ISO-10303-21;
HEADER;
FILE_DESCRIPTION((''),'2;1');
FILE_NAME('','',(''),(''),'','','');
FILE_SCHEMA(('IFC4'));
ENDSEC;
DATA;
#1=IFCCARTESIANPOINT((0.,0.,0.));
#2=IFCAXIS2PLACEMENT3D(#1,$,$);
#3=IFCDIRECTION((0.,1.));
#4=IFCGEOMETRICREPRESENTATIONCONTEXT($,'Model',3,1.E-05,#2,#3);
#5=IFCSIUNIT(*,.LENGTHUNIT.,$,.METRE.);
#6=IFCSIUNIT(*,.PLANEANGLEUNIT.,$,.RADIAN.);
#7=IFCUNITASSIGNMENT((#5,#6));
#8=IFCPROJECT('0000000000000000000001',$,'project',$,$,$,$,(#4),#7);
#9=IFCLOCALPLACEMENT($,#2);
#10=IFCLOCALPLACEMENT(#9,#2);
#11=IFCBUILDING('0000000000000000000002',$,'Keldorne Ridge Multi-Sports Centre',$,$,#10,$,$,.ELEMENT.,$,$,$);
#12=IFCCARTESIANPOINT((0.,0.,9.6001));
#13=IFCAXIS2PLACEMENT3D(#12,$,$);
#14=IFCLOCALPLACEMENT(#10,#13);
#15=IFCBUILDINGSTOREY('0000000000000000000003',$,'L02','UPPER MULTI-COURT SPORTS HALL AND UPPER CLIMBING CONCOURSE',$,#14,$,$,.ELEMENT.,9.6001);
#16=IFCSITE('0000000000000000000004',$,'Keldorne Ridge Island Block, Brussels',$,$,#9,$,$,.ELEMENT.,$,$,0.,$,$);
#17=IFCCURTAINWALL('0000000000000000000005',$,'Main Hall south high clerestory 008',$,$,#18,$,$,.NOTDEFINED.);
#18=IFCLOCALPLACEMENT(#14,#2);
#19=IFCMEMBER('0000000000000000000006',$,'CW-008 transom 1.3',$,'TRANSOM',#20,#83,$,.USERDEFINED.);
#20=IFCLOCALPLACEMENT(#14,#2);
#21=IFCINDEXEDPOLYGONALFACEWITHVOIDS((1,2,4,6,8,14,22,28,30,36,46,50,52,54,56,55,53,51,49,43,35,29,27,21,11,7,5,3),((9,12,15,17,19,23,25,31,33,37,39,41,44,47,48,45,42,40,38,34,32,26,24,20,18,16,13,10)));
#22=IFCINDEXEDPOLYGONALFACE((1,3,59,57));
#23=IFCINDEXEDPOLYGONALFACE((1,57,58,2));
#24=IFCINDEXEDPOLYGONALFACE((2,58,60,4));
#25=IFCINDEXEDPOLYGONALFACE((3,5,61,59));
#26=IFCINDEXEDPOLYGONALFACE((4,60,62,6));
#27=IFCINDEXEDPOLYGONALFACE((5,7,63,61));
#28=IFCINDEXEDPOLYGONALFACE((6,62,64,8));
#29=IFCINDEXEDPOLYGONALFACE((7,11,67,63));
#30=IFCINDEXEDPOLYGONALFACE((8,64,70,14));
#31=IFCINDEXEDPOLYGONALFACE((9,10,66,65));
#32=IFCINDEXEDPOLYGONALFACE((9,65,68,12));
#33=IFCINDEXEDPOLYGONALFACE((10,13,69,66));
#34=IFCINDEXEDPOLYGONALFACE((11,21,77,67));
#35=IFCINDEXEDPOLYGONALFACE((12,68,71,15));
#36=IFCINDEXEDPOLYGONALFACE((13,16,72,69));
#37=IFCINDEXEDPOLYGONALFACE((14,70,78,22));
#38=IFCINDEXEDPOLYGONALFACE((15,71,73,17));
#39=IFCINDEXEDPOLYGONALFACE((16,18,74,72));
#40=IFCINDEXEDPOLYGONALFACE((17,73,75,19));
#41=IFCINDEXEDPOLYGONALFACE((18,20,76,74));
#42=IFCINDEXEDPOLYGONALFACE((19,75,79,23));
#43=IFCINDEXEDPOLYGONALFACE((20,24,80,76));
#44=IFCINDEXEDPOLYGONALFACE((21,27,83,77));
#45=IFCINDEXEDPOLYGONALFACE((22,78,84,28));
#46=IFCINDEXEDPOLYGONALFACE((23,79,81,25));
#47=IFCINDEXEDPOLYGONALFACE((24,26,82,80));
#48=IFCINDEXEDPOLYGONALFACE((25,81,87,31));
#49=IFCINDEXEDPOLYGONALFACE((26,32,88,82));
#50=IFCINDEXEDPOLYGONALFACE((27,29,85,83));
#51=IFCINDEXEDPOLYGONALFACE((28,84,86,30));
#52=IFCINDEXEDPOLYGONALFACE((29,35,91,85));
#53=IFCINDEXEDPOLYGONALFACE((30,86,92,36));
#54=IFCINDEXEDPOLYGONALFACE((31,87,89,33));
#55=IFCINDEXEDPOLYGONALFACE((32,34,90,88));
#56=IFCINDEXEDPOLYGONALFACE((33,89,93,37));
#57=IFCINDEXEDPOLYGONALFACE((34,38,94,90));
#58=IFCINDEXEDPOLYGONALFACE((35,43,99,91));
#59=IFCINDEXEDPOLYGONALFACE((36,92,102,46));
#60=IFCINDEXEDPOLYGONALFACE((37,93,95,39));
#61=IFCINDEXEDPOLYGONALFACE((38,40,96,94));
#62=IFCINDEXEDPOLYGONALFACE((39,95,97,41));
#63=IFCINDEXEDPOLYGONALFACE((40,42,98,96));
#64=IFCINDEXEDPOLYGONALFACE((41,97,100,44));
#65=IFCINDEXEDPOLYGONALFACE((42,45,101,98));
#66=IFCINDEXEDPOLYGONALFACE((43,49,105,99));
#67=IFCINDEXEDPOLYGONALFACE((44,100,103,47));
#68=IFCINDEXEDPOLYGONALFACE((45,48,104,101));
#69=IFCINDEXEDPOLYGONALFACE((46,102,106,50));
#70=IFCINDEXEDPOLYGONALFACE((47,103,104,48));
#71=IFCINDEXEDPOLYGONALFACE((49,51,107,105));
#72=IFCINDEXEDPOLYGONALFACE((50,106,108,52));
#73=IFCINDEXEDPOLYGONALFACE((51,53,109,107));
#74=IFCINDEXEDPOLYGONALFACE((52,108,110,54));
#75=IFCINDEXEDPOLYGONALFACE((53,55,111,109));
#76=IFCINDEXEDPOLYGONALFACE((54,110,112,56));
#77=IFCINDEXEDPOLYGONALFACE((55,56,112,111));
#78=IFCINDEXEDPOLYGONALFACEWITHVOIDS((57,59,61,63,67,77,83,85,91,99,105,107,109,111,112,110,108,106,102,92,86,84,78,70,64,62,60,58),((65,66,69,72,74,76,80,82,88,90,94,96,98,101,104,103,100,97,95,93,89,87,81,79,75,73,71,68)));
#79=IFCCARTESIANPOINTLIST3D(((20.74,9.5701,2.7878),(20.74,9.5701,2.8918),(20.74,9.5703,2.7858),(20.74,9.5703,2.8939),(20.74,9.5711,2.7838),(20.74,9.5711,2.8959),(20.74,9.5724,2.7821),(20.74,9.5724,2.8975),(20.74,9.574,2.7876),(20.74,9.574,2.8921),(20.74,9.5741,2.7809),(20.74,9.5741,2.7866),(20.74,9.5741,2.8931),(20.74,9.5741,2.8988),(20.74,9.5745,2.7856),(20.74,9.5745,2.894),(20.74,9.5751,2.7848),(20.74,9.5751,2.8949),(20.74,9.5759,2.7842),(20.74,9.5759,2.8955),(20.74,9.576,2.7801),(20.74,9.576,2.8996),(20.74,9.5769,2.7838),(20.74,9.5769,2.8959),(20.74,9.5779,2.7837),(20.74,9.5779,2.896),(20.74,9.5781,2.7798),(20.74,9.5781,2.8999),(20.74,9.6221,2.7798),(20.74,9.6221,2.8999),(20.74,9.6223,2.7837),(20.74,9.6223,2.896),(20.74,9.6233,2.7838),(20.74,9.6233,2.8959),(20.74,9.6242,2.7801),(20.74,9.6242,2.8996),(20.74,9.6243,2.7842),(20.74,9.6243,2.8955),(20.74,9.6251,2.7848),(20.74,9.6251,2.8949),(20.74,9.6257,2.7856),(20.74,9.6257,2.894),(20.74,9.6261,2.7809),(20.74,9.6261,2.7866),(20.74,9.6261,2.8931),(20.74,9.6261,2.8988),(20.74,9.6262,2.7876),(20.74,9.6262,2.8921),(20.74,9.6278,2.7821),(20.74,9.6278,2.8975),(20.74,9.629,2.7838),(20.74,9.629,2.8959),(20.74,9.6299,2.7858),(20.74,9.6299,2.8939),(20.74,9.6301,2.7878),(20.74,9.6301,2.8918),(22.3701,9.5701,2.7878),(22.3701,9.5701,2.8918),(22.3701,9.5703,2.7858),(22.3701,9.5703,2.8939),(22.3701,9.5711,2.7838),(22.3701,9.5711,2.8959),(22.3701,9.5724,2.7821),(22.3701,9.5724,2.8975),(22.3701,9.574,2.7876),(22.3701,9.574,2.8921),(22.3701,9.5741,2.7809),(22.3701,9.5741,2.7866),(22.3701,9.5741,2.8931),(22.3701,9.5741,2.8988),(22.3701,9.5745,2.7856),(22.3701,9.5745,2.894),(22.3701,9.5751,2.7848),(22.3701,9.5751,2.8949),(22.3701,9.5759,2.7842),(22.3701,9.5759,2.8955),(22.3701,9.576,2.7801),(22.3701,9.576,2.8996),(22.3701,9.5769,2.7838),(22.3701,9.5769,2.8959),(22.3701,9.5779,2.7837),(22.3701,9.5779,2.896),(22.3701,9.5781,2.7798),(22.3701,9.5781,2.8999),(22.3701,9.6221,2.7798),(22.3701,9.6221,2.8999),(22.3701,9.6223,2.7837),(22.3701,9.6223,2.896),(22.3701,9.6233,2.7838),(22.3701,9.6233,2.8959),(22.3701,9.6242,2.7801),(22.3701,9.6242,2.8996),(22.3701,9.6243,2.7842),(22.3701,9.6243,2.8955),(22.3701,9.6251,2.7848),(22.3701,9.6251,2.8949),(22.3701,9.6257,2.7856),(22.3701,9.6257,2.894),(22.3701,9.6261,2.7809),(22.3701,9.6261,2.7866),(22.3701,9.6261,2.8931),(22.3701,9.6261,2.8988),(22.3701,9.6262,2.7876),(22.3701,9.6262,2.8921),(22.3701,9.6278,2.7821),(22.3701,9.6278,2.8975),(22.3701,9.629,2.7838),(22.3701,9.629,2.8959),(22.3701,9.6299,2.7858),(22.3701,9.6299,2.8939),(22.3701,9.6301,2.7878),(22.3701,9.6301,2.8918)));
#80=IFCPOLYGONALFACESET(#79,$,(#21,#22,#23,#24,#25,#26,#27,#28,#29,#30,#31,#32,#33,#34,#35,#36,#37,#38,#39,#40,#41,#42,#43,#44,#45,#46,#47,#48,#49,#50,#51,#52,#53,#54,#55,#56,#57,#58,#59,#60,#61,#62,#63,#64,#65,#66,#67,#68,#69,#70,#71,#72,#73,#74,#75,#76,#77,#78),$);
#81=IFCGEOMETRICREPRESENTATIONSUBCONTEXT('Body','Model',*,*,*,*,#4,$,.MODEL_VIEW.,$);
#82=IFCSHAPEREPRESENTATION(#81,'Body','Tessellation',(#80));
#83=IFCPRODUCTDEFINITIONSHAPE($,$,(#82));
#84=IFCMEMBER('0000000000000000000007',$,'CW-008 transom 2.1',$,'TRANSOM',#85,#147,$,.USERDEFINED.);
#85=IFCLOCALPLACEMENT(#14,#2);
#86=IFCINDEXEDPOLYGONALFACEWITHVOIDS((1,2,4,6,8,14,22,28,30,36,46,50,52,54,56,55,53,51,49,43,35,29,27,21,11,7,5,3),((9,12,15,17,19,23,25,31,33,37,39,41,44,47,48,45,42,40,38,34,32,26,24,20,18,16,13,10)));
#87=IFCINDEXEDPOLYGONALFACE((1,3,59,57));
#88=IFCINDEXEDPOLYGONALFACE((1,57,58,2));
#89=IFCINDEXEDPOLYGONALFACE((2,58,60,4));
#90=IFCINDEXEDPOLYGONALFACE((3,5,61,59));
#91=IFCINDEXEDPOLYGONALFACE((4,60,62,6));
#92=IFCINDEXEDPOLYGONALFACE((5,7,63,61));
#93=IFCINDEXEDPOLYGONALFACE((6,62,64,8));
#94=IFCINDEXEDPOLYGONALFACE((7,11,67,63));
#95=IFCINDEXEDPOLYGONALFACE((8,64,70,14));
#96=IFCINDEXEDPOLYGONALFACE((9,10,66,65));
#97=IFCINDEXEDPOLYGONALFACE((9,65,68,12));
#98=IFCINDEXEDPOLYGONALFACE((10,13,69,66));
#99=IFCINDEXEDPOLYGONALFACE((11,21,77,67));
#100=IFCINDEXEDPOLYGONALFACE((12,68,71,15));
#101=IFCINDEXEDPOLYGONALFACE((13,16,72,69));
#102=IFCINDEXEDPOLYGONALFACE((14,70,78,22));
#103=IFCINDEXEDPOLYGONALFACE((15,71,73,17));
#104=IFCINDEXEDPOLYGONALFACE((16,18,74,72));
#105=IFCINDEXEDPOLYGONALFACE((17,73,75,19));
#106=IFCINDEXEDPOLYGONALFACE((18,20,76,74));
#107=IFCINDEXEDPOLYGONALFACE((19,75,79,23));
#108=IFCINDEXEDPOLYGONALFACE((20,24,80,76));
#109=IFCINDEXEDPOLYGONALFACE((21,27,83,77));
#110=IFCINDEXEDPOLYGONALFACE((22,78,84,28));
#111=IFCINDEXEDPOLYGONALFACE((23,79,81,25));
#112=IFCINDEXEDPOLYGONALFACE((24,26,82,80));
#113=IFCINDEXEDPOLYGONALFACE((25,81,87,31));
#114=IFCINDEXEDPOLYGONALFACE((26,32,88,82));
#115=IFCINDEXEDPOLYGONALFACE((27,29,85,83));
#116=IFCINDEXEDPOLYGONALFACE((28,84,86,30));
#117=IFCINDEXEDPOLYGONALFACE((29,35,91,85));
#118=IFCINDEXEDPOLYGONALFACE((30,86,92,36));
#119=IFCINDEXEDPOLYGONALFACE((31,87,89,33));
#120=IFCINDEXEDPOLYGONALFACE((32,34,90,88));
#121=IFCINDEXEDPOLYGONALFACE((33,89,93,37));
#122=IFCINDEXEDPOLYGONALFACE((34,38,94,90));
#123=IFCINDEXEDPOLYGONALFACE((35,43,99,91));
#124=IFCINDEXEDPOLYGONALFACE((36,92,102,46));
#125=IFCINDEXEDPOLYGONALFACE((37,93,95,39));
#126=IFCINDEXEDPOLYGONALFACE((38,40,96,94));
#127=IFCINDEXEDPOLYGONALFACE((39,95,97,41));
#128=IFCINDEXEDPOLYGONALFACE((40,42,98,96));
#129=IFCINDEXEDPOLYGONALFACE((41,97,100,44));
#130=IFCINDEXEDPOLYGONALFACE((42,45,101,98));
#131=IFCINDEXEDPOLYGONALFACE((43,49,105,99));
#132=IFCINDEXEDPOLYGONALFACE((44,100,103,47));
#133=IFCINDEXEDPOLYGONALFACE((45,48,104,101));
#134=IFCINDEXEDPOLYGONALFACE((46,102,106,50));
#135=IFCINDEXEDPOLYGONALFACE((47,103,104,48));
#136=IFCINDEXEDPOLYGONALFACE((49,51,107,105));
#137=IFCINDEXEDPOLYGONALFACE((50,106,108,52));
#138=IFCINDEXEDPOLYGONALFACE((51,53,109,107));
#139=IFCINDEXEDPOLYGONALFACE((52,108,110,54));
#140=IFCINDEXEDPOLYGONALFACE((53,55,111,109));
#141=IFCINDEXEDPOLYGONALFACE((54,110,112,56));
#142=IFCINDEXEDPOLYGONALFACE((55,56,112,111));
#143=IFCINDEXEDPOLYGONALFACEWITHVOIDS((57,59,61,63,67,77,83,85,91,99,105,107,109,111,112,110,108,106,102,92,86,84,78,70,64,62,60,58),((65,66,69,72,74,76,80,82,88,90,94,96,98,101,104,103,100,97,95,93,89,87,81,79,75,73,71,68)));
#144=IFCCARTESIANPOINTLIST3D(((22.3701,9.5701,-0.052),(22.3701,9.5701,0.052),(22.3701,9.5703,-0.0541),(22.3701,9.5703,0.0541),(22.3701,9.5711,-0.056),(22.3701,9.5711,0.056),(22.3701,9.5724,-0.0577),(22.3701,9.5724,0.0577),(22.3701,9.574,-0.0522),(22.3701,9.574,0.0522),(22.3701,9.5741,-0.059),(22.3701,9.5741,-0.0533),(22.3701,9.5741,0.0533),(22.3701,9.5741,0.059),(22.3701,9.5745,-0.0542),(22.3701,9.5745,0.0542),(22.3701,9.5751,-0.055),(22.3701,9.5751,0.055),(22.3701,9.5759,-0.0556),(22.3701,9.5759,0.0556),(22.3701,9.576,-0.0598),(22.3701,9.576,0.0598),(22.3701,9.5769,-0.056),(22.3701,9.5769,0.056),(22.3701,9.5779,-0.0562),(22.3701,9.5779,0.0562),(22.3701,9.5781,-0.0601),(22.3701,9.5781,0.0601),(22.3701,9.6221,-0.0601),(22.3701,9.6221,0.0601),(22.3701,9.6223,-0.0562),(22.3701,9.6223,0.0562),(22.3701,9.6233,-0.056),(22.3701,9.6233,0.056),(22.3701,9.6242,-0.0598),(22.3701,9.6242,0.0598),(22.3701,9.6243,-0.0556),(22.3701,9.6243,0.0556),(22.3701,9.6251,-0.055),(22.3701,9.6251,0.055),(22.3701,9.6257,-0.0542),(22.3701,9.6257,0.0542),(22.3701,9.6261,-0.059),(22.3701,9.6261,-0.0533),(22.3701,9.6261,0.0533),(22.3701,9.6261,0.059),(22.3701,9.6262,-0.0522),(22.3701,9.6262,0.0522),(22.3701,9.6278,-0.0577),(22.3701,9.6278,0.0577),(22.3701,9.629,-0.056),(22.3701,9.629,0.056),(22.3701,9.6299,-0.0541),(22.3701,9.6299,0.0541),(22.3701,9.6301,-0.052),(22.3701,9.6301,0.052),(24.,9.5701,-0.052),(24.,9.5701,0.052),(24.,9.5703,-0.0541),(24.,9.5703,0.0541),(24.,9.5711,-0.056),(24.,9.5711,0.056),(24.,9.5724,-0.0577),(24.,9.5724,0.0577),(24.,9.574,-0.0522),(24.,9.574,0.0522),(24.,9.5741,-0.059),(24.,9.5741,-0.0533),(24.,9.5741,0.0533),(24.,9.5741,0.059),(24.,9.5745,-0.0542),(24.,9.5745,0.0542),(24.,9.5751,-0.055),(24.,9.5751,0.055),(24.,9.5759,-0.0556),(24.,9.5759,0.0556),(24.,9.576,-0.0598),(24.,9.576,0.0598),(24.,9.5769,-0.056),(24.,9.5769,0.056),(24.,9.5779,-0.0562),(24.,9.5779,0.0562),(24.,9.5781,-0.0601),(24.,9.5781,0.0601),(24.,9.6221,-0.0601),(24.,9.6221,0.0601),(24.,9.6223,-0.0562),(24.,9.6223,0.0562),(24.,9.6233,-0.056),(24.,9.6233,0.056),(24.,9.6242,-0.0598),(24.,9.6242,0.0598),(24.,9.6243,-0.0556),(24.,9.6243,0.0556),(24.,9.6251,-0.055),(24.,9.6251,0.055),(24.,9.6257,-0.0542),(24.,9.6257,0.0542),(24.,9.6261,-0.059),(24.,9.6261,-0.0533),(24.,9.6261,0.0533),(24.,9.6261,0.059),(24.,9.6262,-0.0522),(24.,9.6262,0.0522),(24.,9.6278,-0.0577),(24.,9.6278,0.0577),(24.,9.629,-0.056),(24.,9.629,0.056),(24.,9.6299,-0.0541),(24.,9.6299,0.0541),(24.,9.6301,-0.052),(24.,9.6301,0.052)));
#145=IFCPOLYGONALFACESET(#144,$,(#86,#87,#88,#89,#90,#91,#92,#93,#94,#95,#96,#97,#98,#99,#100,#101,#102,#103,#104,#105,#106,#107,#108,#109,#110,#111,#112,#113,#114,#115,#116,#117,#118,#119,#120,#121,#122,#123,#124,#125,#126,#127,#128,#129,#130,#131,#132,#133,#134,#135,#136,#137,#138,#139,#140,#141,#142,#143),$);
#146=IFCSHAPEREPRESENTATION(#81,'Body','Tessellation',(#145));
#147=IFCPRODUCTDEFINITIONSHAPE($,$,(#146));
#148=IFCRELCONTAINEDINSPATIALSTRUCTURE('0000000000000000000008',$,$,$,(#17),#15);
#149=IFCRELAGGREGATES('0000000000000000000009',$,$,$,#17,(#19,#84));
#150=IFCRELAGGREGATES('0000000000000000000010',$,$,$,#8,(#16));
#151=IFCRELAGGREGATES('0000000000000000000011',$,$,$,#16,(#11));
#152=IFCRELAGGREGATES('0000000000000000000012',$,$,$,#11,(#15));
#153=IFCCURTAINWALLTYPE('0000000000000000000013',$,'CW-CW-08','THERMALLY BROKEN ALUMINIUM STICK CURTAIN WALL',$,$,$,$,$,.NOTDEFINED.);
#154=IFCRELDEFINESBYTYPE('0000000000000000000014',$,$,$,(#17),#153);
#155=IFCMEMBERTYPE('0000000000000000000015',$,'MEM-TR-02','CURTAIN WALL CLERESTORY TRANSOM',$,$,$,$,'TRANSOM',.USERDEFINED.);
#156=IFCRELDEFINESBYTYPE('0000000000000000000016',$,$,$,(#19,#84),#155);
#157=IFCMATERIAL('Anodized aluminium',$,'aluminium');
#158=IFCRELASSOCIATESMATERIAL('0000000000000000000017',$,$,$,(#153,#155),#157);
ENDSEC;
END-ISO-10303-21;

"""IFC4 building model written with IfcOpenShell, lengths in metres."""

from ifc_helpers import new_model, si_unit, direction, frame, origin, origin_2d, place, context, subcontext, project, spatial, hollow_rectangle, extrude, material, material_profile, profile_set, type_object, element, aggregate, save


model = new_model("IFC4")

# Units and contexts
model_context = context("Model", 3, precision=1e-05, world=origin(), true_north=direction((0.0, 1.0)))
body_context = subcontext(model_context, "Body", "Model", "MODEL_VIEW")
ifc_project = project(units=[si_unit("LENGTHUNIT", "METRE"), si_unit("PLANEANGLEUNIT", "RADIAN")], contexts=[model_context])

# Site, building, storey
site_placement = place(None, origin())
site = spatial("IfcSite", under=ifc_project, at=site_placement, Name="Keldorne Ridge Island Block, Brussels", CompositionType="ELEMENT", RefElevation=0.0)
building_placement = place(site_placement, origin())
building = spatial("IfcBuilding", under=site, at=building_placement, Name="Keldorne Ridge Multi-Sports Centre", CompositionType="ELEMENT")
storey_placement = place(building_placement, frame((0.0, 0.0, 9.6001)))
storey = spatial("IfcBuildingStorey", under=building, at=storey_placement, Name="L02", Description="UPPER MULTI-COURT SPORTS HALL AND UPPER CLIMBING CONCOURSE", CompositionType="ELEMENT", Elevation=9.6001)

# Curtain wall
ifc_material_1 = material(Name="Anodized aluminium", Category="aluminium")
curtain_wall_type = type_object("IfcCurtainWallType", Name="CW-CW-08", Description="THERMALLY BROKEN ALUMINIUM STICK CURTAIN WALL", PredefinedType="NOTDEFINED", material=ifc_material_1)
curtain_wall_placement = place(storey_placement, origin())
curtain_wall = element("IfcCurtainWall", 1, at=curtain_wall_placement, inside=storey, type_object=curtain_wall_type, Name="Main Hall south high clerestory 008", PredefinedType="NOTDEFINED")

# Members
ifc_material_profile_1 = material_profile(ifc_material_1, hollow_rectangle(XDim=0.0601, YDim=0.1201, WallThickness=0.0039, InnerFilletRadius=0.0039, OuterFilletRadius=0.0081, at=origin_2d()), Name="ALU TRANSOM 120x60x4")
ifc_profile_set_1 = profile_set([ifc_material_profile_1], Name="Anodized aluminium")
member_type_1 = type_object("IfcMemberType", Name="MEM-TR-02", Description="CURTAIN WALL CLERESTORY TRANSOM", ElementType="TRANSOM", PredefinedType="USERDEFINED", material=ifc_profile_set_1)
member_1_placement = place(storey_placement, frame((20.74, 9.6001, 2.8398), z_axis=(1.0, 0.0, 0.0), x_axis=(0.0, 1.0, 0.0)))
member_1 = element("IfcMember", 2, at=member_1_placement, type_object=member_type_1, Name="CW-008 transom 1.3", ObjectType="TRANSOM", PredefinedType="USERDEFINED", context=body_context, shape_type="SweptSolid", body=[
    extrude(hollow_rectangle(XDim=0.0601, YDim=0.1201, WallThickness=0.0039, InnerFilletRadius=0.0039, OuterFilletRadius=0.0081, at=origin_2d()), origin(), (0.0, 0.0, 1.0), 1.6301),
])
member_2_placement = place(storey_placement, frame((22.3701, 9.6001, 0.0), z_axis=(1.0, 0.0, 0.0), x_axis=(0.0, 1.0, 0.0)))
member_2 = element("IfcMember", 3, at=member_2_placement, type_object=member_type_1, Name="CW-008 transom 2.1", ObjectType="TRANSOM", PredefinedType="USERDEFINED", context=body_context, shape_type="SweptSolid", body=[
    extrude(hollow_rectangle(XDim=0.0601, YDim=0.1201, WallThickness=0.0039, InnerFilletRadius=0.0039, OuterFilletRadius=0.0081, at=origin_2d()), origin(), (0.0, 0.0, 1.0), 1.6299),
])

aggregate(curtain_wall, [member_1, member_2])

save(model, "model.ifc")
